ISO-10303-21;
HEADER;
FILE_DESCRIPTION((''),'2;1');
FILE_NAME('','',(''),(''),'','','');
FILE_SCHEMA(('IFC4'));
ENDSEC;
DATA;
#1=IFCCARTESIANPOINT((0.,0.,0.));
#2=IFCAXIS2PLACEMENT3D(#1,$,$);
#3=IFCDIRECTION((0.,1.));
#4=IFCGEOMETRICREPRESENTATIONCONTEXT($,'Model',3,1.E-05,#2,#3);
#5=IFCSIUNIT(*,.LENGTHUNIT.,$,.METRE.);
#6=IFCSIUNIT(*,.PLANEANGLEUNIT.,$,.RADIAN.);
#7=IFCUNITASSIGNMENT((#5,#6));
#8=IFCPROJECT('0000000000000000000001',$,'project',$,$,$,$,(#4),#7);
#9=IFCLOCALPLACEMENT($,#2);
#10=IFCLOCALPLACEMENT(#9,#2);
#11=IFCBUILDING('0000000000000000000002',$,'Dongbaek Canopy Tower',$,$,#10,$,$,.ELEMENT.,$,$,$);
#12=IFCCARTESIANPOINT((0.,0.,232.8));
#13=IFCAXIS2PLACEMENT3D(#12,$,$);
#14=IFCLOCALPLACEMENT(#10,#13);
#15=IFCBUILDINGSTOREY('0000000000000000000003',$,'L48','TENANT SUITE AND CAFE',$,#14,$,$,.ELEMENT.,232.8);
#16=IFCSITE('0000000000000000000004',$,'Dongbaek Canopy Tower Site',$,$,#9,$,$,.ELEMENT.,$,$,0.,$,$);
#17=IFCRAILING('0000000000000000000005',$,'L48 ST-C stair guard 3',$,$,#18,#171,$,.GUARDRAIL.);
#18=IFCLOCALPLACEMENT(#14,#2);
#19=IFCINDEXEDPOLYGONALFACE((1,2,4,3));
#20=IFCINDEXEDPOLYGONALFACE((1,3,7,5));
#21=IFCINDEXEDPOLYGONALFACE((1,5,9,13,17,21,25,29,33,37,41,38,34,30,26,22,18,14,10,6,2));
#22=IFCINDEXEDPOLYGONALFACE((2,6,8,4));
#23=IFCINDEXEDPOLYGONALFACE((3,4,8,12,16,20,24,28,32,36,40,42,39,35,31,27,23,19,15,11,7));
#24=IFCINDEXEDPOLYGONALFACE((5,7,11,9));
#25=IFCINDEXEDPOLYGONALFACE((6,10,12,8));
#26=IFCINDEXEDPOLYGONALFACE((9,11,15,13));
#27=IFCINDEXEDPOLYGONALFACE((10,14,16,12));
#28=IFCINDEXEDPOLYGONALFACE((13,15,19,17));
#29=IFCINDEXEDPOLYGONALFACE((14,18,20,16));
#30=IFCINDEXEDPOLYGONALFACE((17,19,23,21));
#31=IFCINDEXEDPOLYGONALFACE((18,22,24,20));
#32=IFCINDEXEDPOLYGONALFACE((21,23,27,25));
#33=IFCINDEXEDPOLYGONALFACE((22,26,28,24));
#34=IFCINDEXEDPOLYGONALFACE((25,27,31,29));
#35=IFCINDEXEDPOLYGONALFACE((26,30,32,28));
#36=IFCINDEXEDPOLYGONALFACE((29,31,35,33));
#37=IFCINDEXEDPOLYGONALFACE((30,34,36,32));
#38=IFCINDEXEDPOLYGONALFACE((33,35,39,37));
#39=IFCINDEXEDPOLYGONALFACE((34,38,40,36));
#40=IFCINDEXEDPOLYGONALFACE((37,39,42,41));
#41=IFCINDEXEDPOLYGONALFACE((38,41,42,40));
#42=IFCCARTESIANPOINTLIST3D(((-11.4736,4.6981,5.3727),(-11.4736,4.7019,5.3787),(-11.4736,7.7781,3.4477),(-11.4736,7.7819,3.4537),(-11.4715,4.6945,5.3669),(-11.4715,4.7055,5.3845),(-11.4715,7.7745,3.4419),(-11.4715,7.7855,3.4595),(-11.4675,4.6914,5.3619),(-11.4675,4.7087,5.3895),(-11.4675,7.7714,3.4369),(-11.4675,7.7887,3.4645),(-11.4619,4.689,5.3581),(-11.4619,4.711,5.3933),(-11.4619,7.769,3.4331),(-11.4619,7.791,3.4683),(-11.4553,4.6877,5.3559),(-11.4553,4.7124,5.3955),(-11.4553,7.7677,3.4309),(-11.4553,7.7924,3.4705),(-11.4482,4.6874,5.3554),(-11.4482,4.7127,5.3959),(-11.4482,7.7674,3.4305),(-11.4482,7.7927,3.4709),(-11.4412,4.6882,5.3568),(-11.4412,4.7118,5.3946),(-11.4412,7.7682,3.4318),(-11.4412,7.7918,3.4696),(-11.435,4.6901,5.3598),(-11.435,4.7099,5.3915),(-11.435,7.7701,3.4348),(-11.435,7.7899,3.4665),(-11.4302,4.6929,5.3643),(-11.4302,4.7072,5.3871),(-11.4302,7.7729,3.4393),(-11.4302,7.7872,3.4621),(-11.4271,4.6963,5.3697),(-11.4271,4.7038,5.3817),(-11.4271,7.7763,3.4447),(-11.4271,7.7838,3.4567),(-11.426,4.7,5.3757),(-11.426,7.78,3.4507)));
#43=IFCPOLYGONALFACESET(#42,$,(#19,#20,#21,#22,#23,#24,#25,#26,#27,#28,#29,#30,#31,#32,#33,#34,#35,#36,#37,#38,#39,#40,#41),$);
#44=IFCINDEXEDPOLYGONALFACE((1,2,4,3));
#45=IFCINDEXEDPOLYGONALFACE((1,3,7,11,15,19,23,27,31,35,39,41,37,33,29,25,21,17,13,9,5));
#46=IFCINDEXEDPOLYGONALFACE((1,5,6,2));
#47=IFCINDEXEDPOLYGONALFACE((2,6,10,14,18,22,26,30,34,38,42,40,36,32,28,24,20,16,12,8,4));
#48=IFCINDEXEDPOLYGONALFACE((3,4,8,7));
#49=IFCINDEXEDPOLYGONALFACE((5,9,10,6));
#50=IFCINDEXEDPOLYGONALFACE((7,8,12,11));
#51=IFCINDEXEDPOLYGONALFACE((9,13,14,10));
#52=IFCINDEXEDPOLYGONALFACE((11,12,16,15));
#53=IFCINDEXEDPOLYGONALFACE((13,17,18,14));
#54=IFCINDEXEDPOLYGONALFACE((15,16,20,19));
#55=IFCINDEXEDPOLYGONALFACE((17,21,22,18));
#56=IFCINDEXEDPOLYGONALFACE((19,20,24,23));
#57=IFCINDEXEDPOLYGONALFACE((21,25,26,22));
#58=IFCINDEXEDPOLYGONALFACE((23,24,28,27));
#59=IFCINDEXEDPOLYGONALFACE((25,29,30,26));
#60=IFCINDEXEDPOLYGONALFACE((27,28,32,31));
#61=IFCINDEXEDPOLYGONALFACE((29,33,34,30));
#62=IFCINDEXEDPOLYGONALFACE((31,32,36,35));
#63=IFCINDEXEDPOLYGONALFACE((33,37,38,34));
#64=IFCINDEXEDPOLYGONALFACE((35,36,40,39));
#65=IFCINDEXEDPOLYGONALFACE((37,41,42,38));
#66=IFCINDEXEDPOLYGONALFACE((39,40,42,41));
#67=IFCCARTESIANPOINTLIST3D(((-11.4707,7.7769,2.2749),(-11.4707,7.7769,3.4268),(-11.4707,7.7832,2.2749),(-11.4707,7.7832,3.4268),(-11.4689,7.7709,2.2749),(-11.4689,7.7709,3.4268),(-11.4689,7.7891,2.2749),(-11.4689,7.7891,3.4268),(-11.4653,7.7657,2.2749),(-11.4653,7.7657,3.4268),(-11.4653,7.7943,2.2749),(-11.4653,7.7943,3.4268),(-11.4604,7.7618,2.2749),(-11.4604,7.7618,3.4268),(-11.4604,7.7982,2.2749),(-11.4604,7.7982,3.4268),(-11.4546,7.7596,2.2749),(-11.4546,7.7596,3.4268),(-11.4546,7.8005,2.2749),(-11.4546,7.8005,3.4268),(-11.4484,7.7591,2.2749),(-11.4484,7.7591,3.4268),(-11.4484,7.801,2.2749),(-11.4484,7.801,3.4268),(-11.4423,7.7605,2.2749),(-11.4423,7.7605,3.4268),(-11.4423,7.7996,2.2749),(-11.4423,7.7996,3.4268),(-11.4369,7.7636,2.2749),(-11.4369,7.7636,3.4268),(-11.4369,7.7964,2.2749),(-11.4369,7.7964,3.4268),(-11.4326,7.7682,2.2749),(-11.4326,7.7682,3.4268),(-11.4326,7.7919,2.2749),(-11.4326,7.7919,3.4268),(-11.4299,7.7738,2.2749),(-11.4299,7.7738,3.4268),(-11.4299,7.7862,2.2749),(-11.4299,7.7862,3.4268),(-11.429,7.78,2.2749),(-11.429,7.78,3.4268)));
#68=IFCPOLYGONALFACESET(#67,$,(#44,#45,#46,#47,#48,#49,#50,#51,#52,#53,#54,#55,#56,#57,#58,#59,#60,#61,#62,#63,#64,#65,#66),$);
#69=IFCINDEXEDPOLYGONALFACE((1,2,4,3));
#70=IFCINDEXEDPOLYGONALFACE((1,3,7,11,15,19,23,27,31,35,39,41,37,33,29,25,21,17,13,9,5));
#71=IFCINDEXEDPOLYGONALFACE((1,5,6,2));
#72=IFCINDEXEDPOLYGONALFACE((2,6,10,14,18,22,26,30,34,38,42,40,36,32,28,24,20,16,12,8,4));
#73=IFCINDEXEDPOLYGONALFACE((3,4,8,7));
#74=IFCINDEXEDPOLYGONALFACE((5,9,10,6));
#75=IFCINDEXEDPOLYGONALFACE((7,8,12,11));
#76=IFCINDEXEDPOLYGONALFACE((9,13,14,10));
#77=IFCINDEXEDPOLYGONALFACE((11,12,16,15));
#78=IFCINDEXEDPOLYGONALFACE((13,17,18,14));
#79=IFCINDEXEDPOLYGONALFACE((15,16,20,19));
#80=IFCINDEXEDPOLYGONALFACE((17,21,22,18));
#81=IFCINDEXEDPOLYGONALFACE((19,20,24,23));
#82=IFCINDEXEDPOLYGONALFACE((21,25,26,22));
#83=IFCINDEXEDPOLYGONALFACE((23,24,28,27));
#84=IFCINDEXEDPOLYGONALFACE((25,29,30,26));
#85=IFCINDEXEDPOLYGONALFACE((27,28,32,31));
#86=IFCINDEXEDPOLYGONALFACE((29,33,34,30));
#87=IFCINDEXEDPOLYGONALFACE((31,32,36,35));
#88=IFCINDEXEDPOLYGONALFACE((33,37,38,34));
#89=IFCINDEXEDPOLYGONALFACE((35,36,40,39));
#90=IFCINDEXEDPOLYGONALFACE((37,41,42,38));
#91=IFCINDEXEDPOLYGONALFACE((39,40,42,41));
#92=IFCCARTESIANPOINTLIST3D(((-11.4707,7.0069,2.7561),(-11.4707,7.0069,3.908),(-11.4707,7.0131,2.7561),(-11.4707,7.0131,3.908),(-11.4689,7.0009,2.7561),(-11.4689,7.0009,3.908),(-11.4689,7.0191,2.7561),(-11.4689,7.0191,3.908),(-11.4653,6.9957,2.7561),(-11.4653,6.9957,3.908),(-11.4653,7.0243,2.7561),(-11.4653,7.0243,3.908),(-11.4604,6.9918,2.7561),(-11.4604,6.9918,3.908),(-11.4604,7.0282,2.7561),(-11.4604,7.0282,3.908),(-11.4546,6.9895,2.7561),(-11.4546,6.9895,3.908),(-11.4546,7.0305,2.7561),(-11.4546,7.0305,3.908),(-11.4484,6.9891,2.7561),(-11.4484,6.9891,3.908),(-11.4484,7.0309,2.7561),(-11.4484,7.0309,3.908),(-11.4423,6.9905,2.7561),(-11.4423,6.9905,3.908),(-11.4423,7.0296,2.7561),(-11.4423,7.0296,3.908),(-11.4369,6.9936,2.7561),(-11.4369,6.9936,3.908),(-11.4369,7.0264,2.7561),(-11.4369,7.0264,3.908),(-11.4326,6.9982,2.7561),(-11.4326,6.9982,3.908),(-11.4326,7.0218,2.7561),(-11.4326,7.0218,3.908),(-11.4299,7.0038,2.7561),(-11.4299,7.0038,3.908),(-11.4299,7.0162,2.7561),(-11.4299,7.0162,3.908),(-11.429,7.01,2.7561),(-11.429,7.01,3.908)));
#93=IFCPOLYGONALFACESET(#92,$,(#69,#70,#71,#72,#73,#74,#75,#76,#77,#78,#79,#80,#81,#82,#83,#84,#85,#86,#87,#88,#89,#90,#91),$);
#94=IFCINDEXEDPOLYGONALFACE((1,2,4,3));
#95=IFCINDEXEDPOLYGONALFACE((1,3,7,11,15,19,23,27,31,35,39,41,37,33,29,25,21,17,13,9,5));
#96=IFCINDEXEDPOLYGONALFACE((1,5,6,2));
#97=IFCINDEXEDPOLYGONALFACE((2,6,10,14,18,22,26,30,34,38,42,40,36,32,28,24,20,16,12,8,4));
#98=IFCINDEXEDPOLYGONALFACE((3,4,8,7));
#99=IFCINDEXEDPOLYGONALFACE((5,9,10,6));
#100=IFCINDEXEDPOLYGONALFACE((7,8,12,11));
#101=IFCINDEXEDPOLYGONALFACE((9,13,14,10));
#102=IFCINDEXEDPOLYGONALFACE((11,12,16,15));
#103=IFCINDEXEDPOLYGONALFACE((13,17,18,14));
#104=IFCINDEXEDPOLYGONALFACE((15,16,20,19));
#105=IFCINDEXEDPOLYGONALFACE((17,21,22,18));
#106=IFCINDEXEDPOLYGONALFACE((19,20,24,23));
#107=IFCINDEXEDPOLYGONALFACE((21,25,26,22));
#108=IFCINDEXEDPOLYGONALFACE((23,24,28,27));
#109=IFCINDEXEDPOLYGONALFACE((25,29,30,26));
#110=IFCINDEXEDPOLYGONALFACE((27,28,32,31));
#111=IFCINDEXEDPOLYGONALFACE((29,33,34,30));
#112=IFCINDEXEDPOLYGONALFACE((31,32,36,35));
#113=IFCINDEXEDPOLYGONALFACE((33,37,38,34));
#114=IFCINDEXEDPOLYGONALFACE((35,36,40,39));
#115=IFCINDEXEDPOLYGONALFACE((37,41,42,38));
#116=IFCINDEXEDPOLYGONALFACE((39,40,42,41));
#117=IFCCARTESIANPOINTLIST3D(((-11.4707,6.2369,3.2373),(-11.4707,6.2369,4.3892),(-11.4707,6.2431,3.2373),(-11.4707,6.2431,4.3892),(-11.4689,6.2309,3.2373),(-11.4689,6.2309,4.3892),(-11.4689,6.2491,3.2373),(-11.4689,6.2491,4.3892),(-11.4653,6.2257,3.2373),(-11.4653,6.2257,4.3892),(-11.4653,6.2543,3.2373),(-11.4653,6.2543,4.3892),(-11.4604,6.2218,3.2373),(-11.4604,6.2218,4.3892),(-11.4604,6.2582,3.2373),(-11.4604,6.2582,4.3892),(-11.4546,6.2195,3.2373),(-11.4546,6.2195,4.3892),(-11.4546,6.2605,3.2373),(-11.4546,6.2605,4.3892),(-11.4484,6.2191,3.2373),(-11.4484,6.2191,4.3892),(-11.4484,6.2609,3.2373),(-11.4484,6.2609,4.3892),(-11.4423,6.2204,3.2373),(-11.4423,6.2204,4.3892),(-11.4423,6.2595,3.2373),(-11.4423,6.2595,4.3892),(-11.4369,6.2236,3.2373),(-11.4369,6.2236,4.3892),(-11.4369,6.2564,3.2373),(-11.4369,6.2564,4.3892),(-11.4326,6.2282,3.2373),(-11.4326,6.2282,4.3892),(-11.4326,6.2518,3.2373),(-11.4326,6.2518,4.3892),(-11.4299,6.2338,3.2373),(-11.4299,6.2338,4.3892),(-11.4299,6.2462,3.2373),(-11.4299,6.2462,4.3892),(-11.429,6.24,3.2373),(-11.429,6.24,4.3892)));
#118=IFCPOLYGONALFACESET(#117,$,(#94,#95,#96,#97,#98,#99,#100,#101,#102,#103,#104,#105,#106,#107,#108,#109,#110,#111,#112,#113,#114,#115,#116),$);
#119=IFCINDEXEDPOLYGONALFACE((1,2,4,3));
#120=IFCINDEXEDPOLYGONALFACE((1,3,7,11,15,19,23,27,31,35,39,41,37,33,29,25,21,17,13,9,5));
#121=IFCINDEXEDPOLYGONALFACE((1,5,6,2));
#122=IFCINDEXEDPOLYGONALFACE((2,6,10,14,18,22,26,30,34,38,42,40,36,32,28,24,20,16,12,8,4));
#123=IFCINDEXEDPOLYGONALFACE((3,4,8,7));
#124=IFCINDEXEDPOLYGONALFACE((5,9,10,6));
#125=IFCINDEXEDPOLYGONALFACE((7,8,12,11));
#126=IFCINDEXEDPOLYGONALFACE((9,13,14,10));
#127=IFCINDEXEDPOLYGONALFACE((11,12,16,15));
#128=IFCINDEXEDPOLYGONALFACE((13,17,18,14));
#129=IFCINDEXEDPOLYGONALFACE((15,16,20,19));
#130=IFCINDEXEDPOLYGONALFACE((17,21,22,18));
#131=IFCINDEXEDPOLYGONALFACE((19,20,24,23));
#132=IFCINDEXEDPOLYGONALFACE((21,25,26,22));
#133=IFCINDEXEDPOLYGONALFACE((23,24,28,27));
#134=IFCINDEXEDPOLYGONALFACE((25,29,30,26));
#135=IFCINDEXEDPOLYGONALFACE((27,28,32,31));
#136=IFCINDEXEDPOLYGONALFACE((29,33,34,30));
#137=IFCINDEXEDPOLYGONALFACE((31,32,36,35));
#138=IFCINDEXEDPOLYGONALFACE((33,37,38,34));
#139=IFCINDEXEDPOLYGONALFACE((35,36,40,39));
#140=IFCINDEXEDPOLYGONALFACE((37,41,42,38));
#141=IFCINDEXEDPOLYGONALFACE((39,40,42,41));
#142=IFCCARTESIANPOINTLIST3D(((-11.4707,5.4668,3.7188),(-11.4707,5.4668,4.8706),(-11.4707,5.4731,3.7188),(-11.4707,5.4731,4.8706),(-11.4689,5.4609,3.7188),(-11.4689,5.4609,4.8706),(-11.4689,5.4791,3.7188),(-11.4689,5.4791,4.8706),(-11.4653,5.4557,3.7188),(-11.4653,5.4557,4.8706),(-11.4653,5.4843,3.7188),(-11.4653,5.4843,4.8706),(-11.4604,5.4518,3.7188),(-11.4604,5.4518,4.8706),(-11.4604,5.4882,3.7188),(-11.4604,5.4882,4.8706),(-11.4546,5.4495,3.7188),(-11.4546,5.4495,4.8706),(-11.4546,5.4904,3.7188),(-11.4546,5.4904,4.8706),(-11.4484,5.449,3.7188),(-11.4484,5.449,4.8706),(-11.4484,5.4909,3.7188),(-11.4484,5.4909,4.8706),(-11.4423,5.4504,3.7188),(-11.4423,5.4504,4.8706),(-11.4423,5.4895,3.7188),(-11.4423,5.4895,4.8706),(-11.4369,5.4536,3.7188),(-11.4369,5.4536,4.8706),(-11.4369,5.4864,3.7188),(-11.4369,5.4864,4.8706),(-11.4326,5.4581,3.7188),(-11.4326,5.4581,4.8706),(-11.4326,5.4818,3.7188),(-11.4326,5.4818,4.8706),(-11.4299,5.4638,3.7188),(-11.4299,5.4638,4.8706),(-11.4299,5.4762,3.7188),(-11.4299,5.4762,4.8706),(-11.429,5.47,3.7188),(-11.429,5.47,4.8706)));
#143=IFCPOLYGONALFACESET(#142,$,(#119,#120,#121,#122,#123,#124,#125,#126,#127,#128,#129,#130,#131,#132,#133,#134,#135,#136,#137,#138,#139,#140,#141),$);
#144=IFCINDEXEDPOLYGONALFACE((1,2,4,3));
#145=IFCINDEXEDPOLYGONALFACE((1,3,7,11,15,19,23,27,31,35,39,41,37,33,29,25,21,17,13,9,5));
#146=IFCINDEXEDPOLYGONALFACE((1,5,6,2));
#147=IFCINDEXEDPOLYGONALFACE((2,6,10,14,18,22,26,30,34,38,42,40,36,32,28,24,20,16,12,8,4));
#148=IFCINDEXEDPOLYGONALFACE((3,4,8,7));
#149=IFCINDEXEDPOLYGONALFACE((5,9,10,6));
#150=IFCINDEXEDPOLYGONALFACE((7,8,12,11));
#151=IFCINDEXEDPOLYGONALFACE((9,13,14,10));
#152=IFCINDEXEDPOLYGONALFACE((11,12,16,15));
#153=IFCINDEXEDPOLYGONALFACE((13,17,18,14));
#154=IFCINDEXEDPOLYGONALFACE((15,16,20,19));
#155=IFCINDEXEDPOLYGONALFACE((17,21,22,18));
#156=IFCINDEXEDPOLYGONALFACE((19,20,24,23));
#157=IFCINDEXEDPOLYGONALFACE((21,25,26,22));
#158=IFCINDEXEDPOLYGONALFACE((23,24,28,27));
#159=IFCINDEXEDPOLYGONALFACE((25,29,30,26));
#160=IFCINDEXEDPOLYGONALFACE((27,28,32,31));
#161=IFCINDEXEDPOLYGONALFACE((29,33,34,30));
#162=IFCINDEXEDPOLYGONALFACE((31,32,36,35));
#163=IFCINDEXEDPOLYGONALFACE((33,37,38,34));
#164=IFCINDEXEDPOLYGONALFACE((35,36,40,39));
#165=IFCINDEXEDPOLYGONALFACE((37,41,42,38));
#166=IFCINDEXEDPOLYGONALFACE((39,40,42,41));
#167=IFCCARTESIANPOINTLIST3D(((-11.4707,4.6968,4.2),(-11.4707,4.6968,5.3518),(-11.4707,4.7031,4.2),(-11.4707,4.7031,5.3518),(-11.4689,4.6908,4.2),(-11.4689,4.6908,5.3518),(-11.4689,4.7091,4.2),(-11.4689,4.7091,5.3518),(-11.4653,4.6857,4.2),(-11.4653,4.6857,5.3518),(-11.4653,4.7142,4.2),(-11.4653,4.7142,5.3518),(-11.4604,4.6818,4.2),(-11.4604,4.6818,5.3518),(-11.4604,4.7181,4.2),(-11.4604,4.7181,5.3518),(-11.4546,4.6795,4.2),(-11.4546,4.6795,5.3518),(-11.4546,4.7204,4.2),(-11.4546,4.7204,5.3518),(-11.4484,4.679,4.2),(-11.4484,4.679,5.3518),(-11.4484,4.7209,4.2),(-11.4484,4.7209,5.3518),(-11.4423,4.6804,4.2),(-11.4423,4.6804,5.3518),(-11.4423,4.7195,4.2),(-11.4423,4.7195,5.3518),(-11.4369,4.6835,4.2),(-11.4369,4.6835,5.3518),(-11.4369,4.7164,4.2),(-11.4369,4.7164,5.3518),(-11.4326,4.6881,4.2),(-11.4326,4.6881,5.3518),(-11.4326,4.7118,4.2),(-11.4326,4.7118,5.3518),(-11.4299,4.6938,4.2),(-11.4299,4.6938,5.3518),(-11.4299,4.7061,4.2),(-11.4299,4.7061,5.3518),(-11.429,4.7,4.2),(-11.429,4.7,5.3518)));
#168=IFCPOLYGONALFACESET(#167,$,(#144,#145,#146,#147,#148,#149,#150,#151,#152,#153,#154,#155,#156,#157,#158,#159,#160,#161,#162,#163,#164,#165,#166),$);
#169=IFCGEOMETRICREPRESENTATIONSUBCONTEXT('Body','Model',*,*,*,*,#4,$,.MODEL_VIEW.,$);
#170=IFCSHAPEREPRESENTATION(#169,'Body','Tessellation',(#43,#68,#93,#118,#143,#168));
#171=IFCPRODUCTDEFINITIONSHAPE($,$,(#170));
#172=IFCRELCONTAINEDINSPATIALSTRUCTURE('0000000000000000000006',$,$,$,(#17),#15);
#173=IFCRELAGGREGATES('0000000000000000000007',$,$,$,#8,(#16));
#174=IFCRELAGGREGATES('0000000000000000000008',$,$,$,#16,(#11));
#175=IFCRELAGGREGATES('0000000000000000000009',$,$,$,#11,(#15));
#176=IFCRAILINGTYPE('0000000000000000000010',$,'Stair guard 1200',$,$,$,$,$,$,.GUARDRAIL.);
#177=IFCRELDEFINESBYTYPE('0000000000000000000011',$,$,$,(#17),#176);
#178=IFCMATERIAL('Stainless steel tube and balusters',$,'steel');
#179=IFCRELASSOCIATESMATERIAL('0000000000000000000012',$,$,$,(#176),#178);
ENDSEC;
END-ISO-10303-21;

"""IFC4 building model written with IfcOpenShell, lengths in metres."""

from ifc_helpers import new_model, si_unit, direction, frame, origin, origin_2d, place, context, subcontext, project, spatial, circle, extrude, material, type_object, element, save


model = new_model("IFC4")

# Units and contexts
model_context = context("Model", 3, precision=1e-05, world=origin(), true_north=direction((0.0, 1.0)))
body_context = subcontext(model_context, "Body", "Model", "MODEL_VIEW")
ifc_project = project(units=[si_unit("LENGTHUNIT", "METRE"), si_unit("PLANEANGLEUNIT", "RADIAN")], contexts=[model_context])

# Site, building, storey
site_placement = place(None, origin())
site = spatial("IfcSite", under=ifc_project, at=site_placement, Name="Dongbaek Canopy Tower Site", CompositionType="ELEMENT", RefElevation=0.0)
building_placement = place(site_placement, origin())
building = spatial("IfcBuilding", under=site, at=building_placement, Name="Dongbaek Canopy Tower", CompositionType="ELEMENT")
storey_placement = place(building_placement, frame((0.0, 0.0, 232.8)))
storey = spatial("IfcBuildingStorey", under=building, at=storey_placement, Name="L48", Description="TENANT SUITE AND CAFE", CompositionType="ELEMENT", Elevation=232.8)

# Railing
ifc_material_1 = material(Name="Stainless steel tube and balusters", Category="steel")
railing_type_1 = type_object("IfcRailingType", Name="Stair guard 1200", PredefinedType="GUARDRAIL", material=ifc_material_1)
railing_1_placement = place(storey_placement, frame((-11.45, 7.78, 2.2749)))
element("IfcRailing", 1, at=railing_1_placement, inside=storey, type_object=railing_type_1, Name="L48 ST-C stair guard 3", PredefinedType="GUARDRAIL", context=body_context, shape_type="SweptSolid", body=[
    extrude(circle(Radius=0.0239, at=origin_2d()), frame((0.0, 0.0, 1.1758), z_axis=(0.0, -0.847998, 0.529999), x_axis=(1.0, 0.0, 0.0)), (0.0, 0.0, 1.0), 3.6321),
    extrude(circle(Radius=0.021, at=origin_2d()), origin(), (0.0, 0.0, 1.0), 1.1519),
    extrude(circle(Radius=0.021, at=origin_2d()), frame((0.0, -0.77, 0.4812)), (0.0, 0.0, 1.0), 1.1519),
    extrude(circle(Radius=0.021, at=origin_2d()), frame((0.0, -1.54, 0.9624)), (0.0, 0.0, 1.0), 1.1519),
    extrude(circle(Radius=0.021, at=origin_2d()), frame((0.0, -2.3101, 1.4438)), (0.0, 0.0, 1.0), 1.1519),
    extrude(circle(Radius=0.021, at=origin_2d()), frame((0.0, -3.0801, 1.925)), (0.0, 0.0, 1.0), 1.1519),
])

save(model, "model.ifc")
